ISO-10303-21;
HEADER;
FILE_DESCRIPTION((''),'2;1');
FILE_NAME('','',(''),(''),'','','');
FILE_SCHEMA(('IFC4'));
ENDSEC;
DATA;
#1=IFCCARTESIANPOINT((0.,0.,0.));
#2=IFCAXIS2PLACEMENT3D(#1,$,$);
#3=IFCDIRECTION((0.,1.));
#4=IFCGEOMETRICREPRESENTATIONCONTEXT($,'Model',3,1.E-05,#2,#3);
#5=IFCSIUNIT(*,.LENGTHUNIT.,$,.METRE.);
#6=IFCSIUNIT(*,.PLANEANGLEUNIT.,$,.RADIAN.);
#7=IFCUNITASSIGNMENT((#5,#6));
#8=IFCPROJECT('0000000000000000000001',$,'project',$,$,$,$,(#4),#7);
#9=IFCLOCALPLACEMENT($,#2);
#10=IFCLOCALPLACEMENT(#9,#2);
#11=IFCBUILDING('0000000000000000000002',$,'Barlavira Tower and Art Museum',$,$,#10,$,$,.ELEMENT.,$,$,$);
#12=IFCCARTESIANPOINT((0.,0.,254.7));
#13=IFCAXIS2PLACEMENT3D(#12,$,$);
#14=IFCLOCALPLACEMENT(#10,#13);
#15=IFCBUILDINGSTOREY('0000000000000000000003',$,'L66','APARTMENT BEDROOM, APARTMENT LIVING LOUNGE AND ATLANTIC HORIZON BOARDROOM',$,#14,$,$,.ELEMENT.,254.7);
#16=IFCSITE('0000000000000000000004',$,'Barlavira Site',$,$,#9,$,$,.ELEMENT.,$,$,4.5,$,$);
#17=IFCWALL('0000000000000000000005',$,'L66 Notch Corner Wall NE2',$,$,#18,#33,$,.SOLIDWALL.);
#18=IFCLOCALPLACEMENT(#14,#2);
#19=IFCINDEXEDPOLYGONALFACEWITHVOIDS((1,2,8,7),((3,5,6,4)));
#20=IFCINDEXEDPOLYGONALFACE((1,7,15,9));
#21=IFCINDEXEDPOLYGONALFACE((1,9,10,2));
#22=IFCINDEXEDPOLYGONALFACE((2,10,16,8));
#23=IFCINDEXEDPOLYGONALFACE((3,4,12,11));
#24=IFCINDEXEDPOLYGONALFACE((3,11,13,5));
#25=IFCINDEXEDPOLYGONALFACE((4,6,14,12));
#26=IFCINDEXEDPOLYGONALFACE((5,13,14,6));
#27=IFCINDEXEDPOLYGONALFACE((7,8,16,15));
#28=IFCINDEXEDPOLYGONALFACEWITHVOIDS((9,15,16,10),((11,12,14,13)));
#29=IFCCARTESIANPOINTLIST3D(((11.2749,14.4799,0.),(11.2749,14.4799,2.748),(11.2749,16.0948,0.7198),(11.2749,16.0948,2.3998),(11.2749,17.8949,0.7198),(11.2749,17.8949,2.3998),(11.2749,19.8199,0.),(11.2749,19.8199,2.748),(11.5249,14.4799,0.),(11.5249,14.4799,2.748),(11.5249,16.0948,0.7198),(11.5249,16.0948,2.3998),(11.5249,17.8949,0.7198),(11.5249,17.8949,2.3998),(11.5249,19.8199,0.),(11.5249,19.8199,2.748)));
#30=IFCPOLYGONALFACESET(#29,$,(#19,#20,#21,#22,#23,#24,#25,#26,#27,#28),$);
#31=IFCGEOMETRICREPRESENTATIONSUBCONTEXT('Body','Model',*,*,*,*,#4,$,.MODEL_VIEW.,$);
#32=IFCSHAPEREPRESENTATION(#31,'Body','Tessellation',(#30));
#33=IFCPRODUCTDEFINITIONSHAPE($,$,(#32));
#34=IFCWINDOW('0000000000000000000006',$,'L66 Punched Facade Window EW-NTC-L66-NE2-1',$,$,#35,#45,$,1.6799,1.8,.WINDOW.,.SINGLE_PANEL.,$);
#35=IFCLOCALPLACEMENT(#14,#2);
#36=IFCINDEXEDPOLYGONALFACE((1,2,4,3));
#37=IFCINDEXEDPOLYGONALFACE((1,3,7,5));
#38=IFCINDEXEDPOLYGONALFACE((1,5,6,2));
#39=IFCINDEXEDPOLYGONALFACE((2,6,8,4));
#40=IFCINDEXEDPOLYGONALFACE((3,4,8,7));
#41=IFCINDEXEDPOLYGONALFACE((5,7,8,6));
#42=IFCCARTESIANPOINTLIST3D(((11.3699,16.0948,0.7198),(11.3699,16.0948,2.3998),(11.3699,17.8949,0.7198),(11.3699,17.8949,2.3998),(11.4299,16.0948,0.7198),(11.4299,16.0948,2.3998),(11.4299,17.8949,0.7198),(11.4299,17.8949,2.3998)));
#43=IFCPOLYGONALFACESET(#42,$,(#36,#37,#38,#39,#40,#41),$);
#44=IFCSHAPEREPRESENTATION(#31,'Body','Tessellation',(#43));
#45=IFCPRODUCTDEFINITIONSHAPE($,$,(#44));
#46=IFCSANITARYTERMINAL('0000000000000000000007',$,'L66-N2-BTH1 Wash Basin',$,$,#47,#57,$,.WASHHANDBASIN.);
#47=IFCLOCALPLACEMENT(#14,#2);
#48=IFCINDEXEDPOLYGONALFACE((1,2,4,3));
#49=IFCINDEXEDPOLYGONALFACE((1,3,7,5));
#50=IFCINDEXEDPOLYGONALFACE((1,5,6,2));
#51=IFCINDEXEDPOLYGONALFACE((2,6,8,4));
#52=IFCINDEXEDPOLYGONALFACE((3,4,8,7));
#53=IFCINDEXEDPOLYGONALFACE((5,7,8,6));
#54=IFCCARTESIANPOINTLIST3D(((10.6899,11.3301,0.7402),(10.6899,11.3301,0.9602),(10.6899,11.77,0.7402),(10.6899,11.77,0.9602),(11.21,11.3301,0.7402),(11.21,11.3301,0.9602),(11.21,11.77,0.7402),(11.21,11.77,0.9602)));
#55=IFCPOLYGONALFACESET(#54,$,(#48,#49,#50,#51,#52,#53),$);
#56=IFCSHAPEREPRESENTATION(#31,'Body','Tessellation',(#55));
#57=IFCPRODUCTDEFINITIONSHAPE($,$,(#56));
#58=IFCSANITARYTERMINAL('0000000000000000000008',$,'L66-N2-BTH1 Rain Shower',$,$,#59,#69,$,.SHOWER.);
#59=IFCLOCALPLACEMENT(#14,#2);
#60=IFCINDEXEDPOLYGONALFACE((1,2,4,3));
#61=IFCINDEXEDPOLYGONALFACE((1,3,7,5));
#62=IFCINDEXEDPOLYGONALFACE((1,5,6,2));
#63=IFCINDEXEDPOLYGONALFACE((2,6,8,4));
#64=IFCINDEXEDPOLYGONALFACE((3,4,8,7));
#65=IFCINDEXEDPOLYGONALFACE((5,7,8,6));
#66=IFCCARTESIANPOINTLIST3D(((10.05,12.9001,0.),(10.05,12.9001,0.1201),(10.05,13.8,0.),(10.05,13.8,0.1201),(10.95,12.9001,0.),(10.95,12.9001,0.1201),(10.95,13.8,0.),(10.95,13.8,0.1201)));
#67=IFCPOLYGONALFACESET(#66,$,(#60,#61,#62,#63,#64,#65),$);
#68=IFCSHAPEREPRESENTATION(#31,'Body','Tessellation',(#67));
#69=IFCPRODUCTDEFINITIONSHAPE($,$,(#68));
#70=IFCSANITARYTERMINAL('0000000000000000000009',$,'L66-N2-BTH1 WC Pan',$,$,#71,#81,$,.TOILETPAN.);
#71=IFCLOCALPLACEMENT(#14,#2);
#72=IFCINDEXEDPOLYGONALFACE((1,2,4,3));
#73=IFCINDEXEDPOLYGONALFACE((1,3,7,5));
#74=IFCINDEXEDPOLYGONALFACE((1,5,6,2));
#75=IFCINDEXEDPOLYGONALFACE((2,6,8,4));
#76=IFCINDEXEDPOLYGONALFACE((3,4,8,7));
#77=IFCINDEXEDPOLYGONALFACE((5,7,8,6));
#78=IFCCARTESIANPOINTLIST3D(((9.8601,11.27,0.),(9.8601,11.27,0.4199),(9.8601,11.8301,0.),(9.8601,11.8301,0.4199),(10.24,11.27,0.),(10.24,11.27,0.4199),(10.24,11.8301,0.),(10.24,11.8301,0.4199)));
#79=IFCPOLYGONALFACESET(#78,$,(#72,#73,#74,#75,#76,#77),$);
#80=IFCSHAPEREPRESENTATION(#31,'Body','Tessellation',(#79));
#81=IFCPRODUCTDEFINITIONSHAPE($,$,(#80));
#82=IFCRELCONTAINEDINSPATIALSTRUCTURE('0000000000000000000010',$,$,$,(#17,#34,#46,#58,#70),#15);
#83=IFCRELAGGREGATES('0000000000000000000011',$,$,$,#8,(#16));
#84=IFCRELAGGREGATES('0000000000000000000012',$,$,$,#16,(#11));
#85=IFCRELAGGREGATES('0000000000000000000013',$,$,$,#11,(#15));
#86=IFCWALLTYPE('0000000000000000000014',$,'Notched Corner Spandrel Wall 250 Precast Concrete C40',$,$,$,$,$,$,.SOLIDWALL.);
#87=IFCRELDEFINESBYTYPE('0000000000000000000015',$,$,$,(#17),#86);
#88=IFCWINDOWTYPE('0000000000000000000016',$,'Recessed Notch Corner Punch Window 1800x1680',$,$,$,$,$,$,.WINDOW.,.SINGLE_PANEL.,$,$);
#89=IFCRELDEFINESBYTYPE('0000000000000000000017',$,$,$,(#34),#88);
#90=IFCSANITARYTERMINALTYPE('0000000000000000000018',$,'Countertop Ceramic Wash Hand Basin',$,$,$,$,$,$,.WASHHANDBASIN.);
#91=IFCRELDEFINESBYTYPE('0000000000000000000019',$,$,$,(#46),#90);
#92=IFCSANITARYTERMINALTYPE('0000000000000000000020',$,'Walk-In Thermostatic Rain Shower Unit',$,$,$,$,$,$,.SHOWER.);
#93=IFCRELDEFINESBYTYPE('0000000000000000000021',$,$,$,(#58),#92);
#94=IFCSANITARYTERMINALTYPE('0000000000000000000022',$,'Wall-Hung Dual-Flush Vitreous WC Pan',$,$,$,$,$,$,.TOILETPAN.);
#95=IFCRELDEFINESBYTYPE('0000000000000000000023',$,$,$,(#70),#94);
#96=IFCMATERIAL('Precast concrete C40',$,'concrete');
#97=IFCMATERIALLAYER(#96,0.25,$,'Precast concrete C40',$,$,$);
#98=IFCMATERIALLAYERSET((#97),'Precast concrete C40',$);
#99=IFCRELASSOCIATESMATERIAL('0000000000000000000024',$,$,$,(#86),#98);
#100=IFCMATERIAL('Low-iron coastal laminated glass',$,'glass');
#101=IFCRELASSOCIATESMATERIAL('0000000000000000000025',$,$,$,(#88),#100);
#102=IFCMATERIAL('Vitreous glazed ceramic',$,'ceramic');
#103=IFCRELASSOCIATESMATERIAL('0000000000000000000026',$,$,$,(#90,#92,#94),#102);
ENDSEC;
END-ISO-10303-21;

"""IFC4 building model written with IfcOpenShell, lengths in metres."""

from ifc_helpers import new_model, si_unit, direction, frame, frame_2d, origin, origin_2d, place, context, subcontext, project, spatial, rectangle, extrude, material, layer, layer_set, type_object, element, fill, save


model = new_model("IFC4")

# Units and contexts
model_context = context("Model", 3, precision=1e-05, world=origin(), true_north=direction((0.0, 1.0)))
body_context = subcontext(model_context, "Body", "Model", "MODEL_VIEW")
ifc_project = project(units=[si_unit("LENGTHUNIT", "METRE"), si_unit("PLANEANGLEUNIT", "RADIAN")], contexts=[model_context])

# Site, building, storey
site_placement = place(None, origin())
site = spatial("IfcSite", under=ifc_project, at=site_placement, Name="Barlavira Site", CompositionType="ELEMENT", RefElevation=4.5)
building_placement = place(site_placement, origin())
building = spatial("IfcBuilding", under=site, at=building_placement, Name="Barlavira Tower and Art Museum", CompositionType="ELEMENT")
storey_placement = place(building_placement, frame((0.0, 0.0, 254.7)))
storey = spatial("IfcBuildingStorey", under=building, at=storey_placement, Name="L66", Description="APARTMENT BEDROOM, APARTMENT LIVING LOUNGE AND ATLANTIC HORIZON BOARDROOM", CompositionType="ELEMENT", Elevation=254.7)

# Shared definitions
ifc_material_1 = material(Name="Precast concrete C40", Category="concrete")
ifc_layer_1 = layer(ifc_material_1, 0.25, Name="Precast concrete C40")
ifc_layer_set_1 = layer_set([ifc_layer_1], Name="Precast concrete C40")
wall_type_1 = type_object("IfcWallType", Name="Notched Corner Spandrel Wall 250 Precast Concrete C40", PredefinedType="SOLIDWALL", material=ifc_layer_set_1)
ifc_material_2 = material(Name="Low-iron coastal laminated glass", Category="glass")
window_type = type_object("IfcWindowType", Name="Recessed Notch Corner Punch Window 1800x1680", PartitioningType="SINGLE_PANEL", PredefinedType="WINDOW", material=ifc_material_2)

# Wall, opening, window
wall_1_placement = place(storey_placement, frame((11.3999, 14.48, 0.0), z_axis=(0.0, 0.0, 1.0), x_axis=(0.0, 1.0, 0.0)))
wall_1 = element("IfcWall", 1, at=wall_1_placement, inside=storey, type_object=wall_type_1, Name="L66 Notch Corner Wall NE2", PredefinedType="SOLIDWALL", context=body_context, shape_type="SweptSolid", body=[
    extrude(rectangle(XDim=5.3401, YDim=0.25, at=frame_2d((2.6699, 0.0))), origin(), (0.0, 0.0, 1.0), 2.748),
])
opening_1_placement = place(wall_1_placement, frame((1.615, 0.0, 0.72)))
opening_1 = element("IfcOpeningElement", 2, at=opening_1_placement, cuts=wall_1, PredefinedType="OPENING", context=body_context, shape_type="SweptSolid", body=[
    extrude(rectangle(XDim=1.8, YDim=1.6799, at=frame_2d((0.8999, 0.8398))), frame((0.0, 0.135, 0.0), z_axis=(0.0, -1.0, 0.0), x_axis=(1.0, 0.0, 0.0)), (0.0, 0.0, 1.0), 0.27),
])
window_1_placement = place(opening_1_placement, origin())
window_1 = element("IfcWindow", 3, at=window_1_placement, inside=storey, type_object=window_type, Name="L66 Punched Facade Window EW-NTC-L66-NE2-1", OverallHeight=1.6799, OverallWidth=1.8, PartitioningType="SINGLE_PANEL", PredefinedType="WINDOW", context=body_context, shape_type="SweptSolid", body=[
    extrude(rectangle(XDim=1.8, YDim=1.6799, at=frame_2d((0.8999, 0.8398))), frame((0.0, 0.03, 0.0), z_axis=(0.0, -1.0, 0.0), x_axis=(1.0, 0.0, 0.0)), (0.0, 0.0, 1.0), 0.0601),
])
fill(opening_1, window_1)

# Sanitary terminals
ifc_material_3 = material(Name="Vitreous glazed ceramic", Category="ceramic")
sanitary_terminal_type_1 = type_object("IfcSanitaryTerminalType", Name="Countertop Ceramic Wash Hand Basin", PredefinedType="WASHHANDBASIN", material=ifc_material_3)
sanitary_terminal_1_placement = place(storey_placement, frame((10.95, 11.55, 0.7402), z_axis=(0.0, 0.0, 1.0), x_axis=(1.0, 0.0, 0.0)))
element("IfcSanitaryTerminal", 4, at=sanitary_terminal_1_placement, inside=storey, type_object=sanitary_terminal_type_1, Name="L66-N2-BTH1 Wash Basin", PredefinedType="WASHHANDBASIN", context=body_context, shape_type="SweptSolid", body=[
    extrude(rectangle(XDim=0.52, YDim=0.4399, at=origin_2d()), origin(), (0.0, 0.0, 1.0), 0.22),
])
sanitary_terminal_type_2 = type_object("IfcSanitaryTerminalType", Name="Walk-In Thermostatic Rain Shower Unit", PredefinedType="SHOWER", material=ifc_material_3)
sanitary_terminal_2_placement = place(storey_placement, frame((10.5, 13.3501, 0.0), z_axis=(0.0, 0.0, 1.0), x_axis=(1.0, 0.0, 0.0)))
element("IfcSanitaryTerminal", 5, at=sanitary_terminal_2_placement, inside=storey, type_object=sanitary_terminal_type_2, Name="L66-N2-BTH1 Rain Shower", PredefinedType="SHOWER", context=body_context, shape_type="SweptSolid", body=[
    extrude(rectangle(XDim=0.8999, YDim=0.8999, at=origin_2d()), origin(), (0.0, 0.0, 1.0), 0.1201),
])
sanitary_terminal_type_3 = type_object("IfcSanitaryTerminalType", Name="Wall-Hung Dual-Flush Vitreous WC Pan", PredefinedType="TOILETPAN", material=ifc_material_3)
sanitary_terminal_3_placement = place(storey_placement, frame((10.05, 11.55, 0.0), z_axis=(0.0, 0.0, 1.0), x_axis=(1.0, 0.0, 0.0)))
element("IfcSanitaryTerminal", 6, at=sanitary_terminal_3_placement, inside=storey, type_object=sanitary_terminal_type_3, Name="L66-N2-BTH1 WC Pan", PredefinedType="TOILETPAN", context=body_context, shape_type="SweptSolid", body=[
    extrude(rectangle(XDim=0.3799, YDim=0.5601, at=origin_2d()), origin(), (0.0, 0.0, 1.0), 0.4199),
])

save(model, "model.ifc")
